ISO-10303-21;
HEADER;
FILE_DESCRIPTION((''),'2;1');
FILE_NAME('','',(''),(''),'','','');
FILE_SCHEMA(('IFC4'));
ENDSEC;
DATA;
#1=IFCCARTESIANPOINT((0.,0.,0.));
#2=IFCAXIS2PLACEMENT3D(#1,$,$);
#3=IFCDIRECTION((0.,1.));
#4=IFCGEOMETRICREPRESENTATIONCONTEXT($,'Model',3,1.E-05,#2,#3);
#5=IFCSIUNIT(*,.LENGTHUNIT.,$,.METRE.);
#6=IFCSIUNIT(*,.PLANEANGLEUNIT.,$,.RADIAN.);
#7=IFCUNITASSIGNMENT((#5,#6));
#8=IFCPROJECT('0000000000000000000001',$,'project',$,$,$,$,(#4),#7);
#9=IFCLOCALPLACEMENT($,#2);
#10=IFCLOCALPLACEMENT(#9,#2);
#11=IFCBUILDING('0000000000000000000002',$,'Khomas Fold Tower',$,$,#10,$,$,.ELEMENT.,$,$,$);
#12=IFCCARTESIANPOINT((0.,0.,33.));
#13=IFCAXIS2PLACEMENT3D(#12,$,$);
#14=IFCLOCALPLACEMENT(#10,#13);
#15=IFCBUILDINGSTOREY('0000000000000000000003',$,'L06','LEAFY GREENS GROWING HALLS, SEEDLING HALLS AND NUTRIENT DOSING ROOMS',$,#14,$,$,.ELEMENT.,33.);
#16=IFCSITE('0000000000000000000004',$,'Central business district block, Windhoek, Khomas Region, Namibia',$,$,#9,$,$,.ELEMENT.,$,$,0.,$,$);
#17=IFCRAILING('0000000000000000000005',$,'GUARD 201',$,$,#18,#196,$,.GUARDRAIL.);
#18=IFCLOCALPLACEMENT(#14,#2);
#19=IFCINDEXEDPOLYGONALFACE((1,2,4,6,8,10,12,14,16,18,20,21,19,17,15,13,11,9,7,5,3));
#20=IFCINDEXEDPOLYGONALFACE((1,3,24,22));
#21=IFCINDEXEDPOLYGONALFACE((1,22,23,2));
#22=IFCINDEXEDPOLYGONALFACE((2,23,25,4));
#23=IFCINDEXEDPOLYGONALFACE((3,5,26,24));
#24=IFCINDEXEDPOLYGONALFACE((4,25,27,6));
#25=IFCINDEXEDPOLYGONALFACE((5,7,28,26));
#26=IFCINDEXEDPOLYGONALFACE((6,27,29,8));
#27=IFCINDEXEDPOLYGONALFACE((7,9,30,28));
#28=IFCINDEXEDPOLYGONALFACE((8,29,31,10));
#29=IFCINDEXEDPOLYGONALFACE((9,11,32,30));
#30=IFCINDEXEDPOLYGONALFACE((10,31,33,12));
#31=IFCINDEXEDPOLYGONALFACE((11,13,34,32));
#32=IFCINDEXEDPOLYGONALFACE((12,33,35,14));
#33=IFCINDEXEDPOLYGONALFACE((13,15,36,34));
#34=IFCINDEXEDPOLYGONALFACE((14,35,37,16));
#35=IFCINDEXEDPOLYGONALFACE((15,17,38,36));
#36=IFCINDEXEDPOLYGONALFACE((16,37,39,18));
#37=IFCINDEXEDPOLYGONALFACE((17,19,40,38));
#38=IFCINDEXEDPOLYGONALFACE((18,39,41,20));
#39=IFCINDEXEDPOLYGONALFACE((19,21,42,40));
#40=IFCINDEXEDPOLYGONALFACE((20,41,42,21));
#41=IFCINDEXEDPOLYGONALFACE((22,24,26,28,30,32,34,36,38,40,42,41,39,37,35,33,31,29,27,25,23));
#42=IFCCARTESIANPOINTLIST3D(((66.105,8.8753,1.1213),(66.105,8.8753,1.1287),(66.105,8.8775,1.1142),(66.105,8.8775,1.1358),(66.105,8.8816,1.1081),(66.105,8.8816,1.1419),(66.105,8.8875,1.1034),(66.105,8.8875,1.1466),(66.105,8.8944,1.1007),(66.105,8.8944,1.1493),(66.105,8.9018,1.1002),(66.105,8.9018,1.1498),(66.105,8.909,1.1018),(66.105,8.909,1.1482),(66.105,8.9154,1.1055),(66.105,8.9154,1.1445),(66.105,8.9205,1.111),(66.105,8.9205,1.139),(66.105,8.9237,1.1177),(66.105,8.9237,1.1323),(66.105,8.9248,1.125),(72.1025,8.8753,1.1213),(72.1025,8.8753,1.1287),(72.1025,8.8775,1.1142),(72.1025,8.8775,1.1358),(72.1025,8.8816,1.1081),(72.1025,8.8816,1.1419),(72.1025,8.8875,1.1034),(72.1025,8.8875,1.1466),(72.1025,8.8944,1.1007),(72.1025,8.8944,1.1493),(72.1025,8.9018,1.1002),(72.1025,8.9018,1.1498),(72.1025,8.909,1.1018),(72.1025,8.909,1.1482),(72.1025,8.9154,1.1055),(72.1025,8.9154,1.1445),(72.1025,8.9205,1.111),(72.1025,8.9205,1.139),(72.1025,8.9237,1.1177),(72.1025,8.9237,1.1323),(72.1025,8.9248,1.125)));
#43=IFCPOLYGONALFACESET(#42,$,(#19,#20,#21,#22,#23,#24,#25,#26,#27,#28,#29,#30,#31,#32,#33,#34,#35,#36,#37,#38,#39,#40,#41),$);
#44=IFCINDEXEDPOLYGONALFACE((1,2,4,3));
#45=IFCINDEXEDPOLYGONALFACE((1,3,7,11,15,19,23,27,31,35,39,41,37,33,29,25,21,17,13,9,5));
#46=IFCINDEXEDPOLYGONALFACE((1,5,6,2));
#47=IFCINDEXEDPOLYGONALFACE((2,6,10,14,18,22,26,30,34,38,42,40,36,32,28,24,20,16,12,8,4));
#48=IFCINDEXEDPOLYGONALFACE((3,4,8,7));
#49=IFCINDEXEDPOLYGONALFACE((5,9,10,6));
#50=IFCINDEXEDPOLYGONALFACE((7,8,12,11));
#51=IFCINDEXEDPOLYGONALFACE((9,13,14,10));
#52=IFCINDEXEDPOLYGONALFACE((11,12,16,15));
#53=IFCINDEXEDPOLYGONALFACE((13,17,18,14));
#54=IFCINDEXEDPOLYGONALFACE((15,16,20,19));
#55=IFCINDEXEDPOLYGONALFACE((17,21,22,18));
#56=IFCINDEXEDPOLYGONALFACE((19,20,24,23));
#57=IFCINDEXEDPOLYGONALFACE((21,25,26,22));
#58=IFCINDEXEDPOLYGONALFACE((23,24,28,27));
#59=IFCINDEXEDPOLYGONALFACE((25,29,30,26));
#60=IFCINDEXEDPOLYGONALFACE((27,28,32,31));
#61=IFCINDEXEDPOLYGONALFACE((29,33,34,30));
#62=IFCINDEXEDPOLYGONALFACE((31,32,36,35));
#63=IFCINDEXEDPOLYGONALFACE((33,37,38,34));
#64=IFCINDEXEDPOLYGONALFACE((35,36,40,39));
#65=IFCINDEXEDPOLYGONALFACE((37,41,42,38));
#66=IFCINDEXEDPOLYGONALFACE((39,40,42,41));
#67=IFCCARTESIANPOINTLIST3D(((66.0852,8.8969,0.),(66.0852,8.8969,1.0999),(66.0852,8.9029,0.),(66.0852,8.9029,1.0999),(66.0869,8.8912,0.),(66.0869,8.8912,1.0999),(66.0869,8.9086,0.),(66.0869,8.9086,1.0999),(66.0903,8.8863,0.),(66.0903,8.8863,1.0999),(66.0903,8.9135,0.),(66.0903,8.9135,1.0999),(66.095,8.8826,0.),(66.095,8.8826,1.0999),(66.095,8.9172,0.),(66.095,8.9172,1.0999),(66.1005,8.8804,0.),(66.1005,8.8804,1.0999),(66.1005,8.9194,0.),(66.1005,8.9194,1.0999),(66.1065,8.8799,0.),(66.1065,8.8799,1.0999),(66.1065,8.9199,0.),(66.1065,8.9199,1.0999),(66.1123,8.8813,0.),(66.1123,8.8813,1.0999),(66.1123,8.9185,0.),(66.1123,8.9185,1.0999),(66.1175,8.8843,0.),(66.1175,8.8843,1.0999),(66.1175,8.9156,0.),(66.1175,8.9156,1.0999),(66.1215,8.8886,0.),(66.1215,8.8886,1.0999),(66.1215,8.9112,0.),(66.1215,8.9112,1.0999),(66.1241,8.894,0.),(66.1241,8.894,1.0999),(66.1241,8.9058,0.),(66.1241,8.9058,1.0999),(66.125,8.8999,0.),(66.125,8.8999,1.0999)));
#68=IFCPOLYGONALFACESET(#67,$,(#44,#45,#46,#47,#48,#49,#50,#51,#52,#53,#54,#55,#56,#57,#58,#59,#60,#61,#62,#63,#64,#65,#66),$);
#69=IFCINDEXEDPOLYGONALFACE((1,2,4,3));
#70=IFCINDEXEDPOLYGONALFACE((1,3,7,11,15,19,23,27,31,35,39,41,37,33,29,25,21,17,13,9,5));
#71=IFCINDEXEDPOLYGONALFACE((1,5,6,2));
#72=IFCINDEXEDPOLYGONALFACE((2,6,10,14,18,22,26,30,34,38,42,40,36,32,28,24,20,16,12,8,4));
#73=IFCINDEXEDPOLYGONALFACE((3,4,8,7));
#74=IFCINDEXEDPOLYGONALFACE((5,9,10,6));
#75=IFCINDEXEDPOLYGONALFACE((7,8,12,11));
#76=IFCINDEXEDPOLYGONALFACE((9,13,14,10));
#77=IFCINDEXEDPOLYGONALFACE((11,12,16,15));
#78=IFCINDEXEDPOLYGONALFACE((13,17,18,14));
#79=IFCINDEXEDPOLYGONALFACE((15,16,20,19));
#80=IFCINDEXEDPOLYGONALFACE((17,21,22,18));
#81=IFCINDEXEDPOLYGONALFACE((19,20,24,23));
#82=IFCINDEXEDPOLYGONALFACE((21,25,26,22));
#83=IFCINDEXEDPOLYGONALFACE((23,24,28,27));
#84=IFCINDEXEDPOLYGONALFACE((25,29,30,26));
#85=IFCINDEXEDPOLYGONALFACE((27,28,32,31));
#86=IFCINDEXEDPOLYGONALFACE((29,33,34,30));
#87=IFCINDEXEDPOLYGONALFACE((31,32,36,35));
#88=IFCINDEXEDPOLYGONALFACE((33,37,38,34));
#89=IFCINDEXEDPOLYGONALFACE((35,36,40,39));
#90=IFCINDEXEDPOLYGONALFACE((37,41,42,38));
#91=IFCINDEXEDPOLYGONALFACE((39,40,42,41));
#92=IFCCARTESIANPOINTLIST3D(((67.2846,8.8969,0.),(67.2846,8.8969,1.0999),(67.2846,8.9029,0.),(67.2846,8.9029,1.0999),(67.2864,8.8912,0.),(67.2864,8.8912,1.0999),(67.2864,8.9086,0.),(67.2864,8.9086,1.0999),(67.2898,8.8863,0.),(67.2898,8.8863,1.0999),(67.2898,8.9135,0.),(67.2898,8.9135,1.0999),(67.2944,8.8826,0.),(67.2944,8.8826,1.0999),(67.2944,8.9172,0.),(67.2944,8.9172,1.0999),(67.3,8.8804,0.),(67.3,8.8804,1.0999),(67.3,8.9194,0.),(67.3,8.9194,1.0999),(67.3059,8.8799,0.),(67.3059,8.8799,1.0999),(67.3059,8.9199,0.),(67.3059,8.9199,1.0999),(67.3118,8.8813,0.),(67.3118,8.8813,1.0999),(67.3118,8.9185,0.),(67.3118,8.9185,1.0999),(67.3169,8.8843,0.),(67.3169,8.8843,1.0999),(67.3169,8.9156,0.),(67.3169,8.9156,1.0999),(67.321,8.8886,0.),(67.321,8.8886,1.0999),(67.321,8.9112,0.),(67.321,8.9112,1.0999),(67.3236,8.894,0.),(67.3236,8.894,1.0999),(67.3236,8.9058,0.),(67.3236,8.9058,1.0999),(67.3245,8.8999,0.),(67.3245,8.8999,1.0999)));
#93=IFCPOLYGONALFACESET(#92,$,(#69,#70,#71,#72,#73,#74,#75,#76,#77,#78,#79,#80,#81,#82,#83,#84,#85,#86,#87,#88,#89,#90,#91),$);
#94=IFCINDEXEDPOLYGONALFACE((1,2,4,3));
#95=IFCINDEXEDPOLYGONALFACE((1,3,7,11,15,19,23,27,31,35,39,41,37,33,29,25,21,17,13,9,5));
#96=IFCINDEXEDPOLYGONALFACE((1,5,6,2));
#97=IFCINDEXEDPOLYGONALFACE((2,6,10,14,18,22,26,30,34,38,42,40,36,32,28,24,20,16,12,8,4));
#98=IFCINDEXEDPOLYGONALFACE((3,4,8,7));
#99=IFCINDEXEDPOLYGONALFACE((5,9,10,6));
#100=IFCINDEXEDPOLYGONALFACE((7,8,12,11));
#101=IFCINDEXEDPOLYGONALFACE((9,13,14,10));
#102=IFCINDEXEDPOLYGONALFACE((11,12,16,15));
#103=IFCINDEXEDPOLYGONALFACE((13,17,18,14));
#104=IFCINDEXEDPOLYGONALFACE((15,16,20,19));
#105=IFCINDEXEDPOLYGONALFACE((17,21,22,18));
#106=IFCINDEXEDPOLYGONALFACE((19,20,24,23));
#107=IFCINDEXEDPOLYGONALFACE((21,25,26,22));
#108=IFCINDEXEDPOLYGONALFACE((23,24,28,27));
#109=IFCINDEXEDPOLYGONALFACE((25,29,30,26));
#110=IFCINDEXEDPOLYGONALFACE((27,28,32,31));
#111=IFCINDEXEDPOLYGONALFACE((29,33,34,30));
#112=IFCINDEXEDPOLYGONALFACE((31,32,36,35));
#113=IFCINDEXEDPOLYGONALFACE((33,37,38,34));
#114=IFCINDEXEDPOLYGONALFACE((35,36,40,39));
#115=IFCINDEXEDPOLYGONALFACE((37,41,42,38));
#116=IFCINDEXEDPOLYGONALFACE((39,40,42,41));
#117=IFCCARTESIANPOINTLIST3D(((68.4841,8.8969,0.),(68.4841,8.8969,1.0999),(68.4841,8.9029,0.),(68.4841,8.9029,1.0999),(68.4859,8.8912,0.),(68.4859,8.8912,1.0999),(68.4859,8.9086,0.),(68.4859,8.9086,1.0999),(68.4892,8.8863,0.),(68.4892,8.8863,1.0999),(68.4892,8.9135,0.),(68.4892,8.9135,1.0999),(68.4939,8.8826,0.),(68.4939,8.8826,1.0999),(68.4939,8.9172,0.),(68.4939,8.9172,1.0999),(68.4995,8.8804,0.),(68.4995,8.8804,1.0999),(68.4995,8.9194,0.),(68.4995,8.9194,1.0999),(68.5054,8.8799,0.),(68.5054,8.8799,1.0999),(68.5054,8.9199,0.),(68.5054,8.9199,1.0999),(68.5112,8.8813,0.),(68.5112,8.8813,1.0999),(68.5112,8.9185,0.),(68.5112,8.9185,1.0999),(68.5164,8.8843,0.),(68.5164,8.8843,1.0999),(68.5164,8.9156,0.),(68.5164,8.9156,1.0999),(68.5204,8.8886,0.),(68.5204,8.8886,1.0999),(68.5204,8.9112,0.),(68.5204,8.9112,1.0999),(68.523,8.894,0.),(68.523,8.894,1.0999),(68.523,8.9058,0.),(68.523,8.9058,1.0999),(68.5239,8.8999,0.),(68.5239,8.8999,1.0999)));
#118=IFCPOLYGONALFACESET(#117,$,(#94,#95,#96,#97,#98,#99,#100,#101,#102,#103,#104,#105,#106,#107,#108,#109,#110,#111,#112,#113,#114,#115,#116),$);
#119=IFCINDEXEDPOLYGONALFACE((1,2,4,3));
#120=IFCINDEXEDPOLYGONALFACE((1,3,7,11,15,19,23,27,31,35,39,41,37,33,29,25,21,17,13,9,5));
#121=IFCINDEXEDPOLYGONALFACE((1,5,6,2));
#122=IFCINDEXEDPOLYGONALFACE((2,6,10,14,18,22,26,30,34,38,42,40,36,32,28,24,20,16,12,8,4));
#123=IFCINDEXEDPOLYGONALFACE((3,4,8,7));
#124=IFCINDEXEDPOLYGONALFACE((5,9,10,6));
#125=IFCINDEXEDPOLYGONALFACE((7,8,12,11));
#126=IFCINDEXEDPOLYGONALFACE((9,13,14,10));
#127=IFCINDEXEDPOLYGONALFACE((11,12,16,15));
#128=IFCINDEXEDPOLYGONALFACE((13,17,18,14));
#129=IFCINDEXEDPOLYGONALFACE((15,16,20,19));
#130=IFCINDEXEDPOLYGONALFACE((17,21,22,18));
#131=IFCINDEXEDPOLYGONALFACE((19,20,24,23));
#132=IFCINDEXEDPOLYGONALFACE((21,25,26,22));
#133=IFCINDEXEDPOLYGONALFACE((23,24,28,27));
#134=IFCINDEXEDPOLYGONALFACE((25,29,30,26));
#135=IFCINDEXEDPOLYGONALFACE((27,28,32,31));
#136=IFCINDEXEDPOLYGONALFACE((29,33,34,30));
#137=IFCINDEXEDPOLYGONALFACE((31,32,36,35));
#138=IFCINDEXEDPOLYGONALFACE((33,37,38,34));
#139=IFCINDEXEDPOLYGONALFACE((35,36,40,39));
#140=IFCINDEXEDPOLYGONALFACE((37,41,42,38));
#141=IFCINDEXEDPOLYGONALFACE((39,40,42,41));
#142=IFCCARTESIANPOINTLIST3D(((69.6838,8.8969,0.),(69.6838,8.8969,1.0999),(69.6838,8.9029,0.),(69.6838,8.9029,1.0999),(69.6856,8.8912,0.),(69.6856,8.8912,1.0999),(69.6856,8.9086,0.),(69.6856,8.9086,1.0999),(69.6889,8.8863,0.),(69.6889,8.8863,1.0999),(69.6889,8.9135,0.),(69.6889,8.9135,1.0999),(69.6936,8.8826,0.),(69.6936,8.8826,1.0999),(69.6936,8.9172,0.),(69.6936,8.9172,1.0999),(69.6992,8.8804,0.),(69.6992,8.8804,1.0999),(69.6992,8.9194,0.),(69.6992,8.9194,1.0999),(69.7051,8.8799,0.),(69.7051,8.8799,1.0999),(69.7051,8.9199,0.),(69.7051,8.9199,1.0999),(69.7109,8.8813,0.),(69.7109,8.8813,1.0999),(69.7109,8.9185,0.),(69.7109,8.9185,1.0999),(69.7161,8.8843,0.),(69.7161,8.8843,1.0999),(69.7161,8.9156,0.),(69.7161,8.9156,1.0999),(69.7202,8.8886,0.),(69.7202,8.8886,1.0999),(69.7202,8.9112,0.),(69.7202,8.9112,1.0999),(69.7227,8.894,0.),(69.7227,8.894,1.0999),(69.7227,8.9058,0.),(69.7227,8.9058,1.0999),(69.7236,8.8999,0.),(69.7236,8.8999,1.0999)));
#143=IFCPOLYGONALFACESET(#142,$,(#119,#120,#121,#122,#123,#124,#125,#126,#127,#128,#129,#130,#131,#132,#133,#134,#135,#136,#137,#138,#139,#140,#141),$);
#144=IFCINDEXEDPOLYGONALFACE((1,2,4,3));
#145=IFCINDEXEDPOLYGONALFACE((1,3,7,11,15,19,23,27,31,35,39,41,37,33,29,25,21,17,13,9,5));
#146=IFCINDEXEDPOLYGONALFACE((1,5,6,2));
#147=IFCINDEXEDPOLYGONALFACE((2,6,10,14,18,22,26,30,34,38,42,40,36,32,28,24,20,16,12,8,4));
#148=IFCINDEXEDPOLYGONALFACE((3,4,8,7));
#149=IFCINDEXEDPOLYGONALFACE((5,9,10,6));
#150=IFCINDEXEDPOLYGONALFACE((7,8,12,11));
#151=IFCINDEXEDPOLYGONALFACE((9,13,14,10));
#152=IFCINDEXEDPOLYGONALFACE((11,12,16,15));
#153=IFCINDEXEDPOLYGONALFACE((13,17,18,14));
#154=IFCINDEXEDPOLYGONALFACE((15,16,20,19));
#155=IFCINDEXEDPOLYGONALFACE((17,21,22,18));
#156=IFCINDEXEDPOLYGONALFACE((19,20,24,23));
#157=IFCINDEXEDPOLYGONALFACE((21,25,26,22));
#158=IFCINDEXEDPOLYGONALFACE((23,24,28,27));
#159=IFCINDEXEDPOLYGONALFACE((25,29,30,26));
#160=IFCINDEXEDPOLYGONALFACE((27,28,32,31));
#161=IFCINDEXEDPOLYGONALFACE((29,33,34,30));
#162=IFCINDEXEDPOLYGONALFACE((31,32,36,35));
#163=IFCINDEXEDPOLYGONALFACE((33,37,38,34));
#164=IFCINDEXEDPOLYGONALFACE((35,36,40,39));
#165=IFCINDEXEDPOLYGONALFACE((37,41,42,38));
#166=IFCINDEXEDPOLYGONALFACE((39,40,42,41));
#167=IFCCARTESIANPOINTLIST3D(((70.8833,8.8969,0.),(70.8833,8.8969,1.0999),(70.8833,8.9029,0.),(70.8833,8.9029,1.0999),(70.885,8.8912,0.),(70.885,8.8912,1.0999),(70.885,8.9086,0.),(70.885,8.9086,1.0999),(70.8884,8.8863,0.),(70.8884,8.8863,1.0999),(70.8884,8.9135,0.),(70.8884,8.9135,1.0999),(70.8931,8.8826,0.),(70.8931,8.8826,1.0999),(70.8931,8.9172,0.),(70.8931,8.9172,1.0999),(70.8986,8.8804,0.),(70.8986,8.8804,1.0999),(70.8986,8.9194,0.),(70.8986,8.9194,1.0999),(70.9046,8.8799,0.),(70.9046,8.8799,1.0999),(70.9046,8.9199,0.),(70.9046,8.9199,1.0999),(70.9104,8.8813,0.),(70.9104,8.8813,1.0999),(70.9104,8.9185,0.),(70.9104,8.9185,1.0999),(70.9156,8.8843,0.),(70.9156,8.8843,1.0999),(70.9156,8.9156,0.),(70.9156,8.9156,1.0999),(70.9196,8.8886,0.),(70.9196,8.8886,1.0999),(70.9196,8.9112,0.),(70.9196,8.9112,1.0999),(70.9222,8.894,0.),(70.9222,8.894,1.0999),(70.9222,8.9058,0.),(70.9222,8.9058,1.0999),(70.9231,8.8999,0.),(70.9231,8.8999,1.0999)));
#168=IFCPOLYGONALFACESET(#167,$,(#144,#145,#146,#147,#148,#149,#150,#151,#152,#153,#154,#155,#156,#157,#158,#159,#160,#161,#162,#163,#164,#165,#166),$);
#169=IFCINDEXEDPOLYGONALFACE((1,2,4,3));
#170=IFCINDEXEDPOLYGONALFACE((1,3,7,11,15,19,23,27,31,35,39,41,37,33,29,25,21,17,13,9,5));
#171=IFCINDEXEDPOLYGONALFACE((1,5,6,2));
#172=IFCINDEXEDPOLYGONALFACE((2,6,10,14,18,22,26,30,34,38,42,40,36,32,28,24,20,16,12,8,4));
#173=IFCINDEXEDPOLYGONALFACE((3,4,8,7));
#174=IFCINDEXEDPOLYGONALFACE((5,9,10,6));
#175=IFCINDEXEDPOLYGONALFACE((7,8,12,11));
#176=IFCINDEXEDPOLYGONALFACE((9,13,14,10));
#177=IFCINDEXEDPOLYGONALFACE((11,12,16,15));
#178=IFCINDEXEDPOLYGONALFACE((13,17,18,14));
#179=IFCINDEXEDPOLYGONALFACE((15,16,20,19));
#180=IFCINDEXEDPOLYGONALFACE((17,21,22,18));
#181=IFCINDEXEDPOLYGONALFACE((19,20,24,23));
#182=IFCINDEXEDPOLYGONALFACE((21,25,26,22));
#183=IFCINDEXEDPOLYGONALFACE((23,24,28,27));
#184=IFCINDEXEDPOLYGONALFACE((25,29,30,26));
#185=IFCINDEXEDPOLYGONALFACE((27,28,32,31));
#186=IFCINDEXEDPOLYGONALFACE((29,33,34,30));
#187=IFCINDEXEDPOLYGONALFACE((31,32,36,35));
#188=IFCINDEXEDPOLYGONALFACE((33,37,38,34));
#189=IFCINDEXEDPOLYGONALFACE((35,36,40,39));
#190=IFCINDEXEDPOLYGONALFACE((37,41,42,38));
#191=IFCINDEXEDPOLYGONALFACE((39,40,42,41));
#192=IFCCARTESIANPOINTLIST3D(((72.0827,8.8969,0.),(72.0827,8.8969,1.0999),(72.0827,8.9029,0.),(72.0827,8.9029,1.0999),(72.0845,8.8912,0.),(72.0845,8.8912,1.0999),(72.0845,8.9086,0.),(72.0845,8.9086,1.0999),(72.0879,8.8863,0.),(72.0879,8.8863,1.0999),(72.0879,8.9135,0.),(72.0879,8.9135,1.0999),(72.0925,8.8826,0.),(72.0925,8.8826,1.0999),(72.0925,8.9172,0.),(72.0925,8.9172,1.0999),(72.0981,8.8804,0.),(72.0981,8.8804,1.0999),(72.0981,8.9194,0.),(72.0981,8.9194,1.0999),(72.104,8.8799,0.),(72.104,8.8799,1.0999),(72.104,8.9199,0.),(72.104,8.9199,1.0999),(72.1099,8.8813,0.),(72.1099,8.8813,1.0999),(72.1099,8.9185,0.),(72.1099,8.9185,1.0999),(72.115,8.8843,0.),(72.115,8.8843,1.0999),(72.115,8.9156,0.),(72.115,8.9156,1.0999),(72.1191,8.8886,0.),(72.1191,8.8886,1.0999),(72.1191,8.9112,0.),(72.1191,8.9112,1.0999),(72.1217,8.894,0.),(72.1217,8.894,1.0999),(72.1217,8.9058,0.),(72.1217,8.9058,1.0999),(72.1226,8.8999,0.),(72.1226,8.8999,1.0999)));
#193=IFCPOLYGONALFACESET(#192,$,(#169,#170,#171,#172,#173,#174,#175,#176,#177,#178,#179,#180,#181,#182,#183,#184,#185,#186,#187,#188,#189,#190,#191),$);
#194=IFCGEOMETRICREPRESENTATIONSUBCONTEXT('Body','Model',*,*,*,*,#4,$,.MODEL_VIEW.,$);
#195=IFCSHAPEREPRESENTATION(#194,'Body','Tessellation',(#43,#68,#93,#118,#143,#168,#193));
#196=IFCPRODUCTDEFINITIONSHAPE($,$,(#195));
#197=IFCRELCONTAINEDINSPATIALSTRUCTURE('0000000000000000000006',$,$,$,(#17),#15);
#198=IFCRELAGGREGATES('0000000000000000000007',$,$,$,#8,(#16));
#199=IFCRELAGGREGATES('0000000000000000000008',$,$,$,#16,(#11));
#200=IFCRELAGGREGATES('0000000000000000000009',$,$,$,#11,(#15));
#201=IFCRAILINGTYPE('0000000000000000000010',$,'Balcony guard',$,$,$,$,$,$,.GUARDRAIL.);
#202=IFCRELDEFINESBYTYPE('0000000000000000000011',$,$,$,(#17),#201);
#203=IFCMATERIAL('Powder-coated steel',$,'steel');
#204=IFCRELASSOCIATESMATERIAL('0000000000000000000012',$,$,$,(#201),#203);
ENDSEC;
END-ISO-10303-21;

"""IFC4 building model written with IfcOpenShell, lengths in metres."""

from ifc_helpers import new_model, si_unit, direction, frame, origin, origin_2d, place, context, subcontext, project, spatial, circle, extrude, source, transform, mapped, material, type_object, element, save


model = new_model("IFC4")

# Units and contexts
model_context = context("Model", 3, precision=1e-05, world=origin(), true_north=direction((0.0, 1.0)))
body_context = subcontext(model_context, "Body", "Model", "MODEL_VIEW")
ifc_project = project(units=[si_unit("LENGTHUNIT", "METRE"), si_unit("PLANEANGLEUNIT", "RADIAN")], contexts=[model_context])

# Site, building, storey
site_placement = place(None, origin())
site = spatial("IfcSite", under=ifc_project, at=site_placement, Name="Central business district block, Windhoek, Khomas Region, Namibia", CompositionType="ELEMENT", RefElevation=0.0)
building_placement = place(site_placement, origin())
building = spatial("IfcBuilding", under=site, at=building_placement, Name="Khomas Fold Tower", CompositionType="ELEMENT")
storey_placement = place(building_placement, frame((0.0, 0.0, 33.0)))
storey = spatial("IfcBuildingStorey", under=building, at=storey_placement, Name="L06", Description="LEAFY GREENS GROWING HALLS, SEEDLING HALLS AND NUTRIENT DOSING ROOMS", CompositionType="ELEMENT", Elevation=33.0)

# Railing
ifc_material_1 = material(Name="Powder-coated steel", Category="steel")
railing_type = type_object("IfcRailingType", Name="Balcony guard", PredefinedType="GUARDRAIL", material=ifc_material_1)
shared_shape_1 = source(origin(), body_context, "Body", "SweptSolid", [
    extrude(circle(Radius=0.0249, at=origin_2d()), frame((0.0, 0.0, 1.125), z_axis=(1.0, 0.0, 0.0), x_axis=(0.0, 1.0, 0.0)), (0.0, 0.0, 1.0), 5.9976),
    extrude(circle(Radius=0.02, at=origin_2d()), origin(), (0.0, 0.0, 1.0), 1.0999),
    extrude(circle(Radius=0.02, at=origin_2d()), frame((1.1995, 0.0, 0.0)), (0.0, 0.0, 1.0), 1.0999),
    extrude(circle(Radius=0.02, at=origin_2d()), frame((2.3989, 0.0, 0.0)), (0.0, 0.0, 1.0), 1.0999),
    extrude(circle(Radius=0.02, at=origin_2d()), frame((3.5986, 0.0, 0.0)), (0.0, 0.0, 1.0), 1.0999),
    extrude(circle(Radius=0.02, at=origin_2d()), frame((4.7981, 0.0, 0.0)), (0.0, 0.0, 1.0), 1.0999),
    extrude(circle(Radius=0.02, at=origin_2d()), frame((5.9976, 0.0, 0.0)), (0.0, 0.0, 1.0), 1.0999),
])
railing_placement = place(storey_placement, frame((66.105, 8.8999, 0.0)))
element("IfcRailing", 1, at=railing_placement, inside=storey, type_object=railing_type, Name="GUARD 201", PredefinedType="GUARDRAIL", context=body_context, shape_type="MappedRepresentation", body=[
    mapped(shared_shape_1, transform((0.0, 0.0, 0.0))),
])

save(model, "model.ifc")
